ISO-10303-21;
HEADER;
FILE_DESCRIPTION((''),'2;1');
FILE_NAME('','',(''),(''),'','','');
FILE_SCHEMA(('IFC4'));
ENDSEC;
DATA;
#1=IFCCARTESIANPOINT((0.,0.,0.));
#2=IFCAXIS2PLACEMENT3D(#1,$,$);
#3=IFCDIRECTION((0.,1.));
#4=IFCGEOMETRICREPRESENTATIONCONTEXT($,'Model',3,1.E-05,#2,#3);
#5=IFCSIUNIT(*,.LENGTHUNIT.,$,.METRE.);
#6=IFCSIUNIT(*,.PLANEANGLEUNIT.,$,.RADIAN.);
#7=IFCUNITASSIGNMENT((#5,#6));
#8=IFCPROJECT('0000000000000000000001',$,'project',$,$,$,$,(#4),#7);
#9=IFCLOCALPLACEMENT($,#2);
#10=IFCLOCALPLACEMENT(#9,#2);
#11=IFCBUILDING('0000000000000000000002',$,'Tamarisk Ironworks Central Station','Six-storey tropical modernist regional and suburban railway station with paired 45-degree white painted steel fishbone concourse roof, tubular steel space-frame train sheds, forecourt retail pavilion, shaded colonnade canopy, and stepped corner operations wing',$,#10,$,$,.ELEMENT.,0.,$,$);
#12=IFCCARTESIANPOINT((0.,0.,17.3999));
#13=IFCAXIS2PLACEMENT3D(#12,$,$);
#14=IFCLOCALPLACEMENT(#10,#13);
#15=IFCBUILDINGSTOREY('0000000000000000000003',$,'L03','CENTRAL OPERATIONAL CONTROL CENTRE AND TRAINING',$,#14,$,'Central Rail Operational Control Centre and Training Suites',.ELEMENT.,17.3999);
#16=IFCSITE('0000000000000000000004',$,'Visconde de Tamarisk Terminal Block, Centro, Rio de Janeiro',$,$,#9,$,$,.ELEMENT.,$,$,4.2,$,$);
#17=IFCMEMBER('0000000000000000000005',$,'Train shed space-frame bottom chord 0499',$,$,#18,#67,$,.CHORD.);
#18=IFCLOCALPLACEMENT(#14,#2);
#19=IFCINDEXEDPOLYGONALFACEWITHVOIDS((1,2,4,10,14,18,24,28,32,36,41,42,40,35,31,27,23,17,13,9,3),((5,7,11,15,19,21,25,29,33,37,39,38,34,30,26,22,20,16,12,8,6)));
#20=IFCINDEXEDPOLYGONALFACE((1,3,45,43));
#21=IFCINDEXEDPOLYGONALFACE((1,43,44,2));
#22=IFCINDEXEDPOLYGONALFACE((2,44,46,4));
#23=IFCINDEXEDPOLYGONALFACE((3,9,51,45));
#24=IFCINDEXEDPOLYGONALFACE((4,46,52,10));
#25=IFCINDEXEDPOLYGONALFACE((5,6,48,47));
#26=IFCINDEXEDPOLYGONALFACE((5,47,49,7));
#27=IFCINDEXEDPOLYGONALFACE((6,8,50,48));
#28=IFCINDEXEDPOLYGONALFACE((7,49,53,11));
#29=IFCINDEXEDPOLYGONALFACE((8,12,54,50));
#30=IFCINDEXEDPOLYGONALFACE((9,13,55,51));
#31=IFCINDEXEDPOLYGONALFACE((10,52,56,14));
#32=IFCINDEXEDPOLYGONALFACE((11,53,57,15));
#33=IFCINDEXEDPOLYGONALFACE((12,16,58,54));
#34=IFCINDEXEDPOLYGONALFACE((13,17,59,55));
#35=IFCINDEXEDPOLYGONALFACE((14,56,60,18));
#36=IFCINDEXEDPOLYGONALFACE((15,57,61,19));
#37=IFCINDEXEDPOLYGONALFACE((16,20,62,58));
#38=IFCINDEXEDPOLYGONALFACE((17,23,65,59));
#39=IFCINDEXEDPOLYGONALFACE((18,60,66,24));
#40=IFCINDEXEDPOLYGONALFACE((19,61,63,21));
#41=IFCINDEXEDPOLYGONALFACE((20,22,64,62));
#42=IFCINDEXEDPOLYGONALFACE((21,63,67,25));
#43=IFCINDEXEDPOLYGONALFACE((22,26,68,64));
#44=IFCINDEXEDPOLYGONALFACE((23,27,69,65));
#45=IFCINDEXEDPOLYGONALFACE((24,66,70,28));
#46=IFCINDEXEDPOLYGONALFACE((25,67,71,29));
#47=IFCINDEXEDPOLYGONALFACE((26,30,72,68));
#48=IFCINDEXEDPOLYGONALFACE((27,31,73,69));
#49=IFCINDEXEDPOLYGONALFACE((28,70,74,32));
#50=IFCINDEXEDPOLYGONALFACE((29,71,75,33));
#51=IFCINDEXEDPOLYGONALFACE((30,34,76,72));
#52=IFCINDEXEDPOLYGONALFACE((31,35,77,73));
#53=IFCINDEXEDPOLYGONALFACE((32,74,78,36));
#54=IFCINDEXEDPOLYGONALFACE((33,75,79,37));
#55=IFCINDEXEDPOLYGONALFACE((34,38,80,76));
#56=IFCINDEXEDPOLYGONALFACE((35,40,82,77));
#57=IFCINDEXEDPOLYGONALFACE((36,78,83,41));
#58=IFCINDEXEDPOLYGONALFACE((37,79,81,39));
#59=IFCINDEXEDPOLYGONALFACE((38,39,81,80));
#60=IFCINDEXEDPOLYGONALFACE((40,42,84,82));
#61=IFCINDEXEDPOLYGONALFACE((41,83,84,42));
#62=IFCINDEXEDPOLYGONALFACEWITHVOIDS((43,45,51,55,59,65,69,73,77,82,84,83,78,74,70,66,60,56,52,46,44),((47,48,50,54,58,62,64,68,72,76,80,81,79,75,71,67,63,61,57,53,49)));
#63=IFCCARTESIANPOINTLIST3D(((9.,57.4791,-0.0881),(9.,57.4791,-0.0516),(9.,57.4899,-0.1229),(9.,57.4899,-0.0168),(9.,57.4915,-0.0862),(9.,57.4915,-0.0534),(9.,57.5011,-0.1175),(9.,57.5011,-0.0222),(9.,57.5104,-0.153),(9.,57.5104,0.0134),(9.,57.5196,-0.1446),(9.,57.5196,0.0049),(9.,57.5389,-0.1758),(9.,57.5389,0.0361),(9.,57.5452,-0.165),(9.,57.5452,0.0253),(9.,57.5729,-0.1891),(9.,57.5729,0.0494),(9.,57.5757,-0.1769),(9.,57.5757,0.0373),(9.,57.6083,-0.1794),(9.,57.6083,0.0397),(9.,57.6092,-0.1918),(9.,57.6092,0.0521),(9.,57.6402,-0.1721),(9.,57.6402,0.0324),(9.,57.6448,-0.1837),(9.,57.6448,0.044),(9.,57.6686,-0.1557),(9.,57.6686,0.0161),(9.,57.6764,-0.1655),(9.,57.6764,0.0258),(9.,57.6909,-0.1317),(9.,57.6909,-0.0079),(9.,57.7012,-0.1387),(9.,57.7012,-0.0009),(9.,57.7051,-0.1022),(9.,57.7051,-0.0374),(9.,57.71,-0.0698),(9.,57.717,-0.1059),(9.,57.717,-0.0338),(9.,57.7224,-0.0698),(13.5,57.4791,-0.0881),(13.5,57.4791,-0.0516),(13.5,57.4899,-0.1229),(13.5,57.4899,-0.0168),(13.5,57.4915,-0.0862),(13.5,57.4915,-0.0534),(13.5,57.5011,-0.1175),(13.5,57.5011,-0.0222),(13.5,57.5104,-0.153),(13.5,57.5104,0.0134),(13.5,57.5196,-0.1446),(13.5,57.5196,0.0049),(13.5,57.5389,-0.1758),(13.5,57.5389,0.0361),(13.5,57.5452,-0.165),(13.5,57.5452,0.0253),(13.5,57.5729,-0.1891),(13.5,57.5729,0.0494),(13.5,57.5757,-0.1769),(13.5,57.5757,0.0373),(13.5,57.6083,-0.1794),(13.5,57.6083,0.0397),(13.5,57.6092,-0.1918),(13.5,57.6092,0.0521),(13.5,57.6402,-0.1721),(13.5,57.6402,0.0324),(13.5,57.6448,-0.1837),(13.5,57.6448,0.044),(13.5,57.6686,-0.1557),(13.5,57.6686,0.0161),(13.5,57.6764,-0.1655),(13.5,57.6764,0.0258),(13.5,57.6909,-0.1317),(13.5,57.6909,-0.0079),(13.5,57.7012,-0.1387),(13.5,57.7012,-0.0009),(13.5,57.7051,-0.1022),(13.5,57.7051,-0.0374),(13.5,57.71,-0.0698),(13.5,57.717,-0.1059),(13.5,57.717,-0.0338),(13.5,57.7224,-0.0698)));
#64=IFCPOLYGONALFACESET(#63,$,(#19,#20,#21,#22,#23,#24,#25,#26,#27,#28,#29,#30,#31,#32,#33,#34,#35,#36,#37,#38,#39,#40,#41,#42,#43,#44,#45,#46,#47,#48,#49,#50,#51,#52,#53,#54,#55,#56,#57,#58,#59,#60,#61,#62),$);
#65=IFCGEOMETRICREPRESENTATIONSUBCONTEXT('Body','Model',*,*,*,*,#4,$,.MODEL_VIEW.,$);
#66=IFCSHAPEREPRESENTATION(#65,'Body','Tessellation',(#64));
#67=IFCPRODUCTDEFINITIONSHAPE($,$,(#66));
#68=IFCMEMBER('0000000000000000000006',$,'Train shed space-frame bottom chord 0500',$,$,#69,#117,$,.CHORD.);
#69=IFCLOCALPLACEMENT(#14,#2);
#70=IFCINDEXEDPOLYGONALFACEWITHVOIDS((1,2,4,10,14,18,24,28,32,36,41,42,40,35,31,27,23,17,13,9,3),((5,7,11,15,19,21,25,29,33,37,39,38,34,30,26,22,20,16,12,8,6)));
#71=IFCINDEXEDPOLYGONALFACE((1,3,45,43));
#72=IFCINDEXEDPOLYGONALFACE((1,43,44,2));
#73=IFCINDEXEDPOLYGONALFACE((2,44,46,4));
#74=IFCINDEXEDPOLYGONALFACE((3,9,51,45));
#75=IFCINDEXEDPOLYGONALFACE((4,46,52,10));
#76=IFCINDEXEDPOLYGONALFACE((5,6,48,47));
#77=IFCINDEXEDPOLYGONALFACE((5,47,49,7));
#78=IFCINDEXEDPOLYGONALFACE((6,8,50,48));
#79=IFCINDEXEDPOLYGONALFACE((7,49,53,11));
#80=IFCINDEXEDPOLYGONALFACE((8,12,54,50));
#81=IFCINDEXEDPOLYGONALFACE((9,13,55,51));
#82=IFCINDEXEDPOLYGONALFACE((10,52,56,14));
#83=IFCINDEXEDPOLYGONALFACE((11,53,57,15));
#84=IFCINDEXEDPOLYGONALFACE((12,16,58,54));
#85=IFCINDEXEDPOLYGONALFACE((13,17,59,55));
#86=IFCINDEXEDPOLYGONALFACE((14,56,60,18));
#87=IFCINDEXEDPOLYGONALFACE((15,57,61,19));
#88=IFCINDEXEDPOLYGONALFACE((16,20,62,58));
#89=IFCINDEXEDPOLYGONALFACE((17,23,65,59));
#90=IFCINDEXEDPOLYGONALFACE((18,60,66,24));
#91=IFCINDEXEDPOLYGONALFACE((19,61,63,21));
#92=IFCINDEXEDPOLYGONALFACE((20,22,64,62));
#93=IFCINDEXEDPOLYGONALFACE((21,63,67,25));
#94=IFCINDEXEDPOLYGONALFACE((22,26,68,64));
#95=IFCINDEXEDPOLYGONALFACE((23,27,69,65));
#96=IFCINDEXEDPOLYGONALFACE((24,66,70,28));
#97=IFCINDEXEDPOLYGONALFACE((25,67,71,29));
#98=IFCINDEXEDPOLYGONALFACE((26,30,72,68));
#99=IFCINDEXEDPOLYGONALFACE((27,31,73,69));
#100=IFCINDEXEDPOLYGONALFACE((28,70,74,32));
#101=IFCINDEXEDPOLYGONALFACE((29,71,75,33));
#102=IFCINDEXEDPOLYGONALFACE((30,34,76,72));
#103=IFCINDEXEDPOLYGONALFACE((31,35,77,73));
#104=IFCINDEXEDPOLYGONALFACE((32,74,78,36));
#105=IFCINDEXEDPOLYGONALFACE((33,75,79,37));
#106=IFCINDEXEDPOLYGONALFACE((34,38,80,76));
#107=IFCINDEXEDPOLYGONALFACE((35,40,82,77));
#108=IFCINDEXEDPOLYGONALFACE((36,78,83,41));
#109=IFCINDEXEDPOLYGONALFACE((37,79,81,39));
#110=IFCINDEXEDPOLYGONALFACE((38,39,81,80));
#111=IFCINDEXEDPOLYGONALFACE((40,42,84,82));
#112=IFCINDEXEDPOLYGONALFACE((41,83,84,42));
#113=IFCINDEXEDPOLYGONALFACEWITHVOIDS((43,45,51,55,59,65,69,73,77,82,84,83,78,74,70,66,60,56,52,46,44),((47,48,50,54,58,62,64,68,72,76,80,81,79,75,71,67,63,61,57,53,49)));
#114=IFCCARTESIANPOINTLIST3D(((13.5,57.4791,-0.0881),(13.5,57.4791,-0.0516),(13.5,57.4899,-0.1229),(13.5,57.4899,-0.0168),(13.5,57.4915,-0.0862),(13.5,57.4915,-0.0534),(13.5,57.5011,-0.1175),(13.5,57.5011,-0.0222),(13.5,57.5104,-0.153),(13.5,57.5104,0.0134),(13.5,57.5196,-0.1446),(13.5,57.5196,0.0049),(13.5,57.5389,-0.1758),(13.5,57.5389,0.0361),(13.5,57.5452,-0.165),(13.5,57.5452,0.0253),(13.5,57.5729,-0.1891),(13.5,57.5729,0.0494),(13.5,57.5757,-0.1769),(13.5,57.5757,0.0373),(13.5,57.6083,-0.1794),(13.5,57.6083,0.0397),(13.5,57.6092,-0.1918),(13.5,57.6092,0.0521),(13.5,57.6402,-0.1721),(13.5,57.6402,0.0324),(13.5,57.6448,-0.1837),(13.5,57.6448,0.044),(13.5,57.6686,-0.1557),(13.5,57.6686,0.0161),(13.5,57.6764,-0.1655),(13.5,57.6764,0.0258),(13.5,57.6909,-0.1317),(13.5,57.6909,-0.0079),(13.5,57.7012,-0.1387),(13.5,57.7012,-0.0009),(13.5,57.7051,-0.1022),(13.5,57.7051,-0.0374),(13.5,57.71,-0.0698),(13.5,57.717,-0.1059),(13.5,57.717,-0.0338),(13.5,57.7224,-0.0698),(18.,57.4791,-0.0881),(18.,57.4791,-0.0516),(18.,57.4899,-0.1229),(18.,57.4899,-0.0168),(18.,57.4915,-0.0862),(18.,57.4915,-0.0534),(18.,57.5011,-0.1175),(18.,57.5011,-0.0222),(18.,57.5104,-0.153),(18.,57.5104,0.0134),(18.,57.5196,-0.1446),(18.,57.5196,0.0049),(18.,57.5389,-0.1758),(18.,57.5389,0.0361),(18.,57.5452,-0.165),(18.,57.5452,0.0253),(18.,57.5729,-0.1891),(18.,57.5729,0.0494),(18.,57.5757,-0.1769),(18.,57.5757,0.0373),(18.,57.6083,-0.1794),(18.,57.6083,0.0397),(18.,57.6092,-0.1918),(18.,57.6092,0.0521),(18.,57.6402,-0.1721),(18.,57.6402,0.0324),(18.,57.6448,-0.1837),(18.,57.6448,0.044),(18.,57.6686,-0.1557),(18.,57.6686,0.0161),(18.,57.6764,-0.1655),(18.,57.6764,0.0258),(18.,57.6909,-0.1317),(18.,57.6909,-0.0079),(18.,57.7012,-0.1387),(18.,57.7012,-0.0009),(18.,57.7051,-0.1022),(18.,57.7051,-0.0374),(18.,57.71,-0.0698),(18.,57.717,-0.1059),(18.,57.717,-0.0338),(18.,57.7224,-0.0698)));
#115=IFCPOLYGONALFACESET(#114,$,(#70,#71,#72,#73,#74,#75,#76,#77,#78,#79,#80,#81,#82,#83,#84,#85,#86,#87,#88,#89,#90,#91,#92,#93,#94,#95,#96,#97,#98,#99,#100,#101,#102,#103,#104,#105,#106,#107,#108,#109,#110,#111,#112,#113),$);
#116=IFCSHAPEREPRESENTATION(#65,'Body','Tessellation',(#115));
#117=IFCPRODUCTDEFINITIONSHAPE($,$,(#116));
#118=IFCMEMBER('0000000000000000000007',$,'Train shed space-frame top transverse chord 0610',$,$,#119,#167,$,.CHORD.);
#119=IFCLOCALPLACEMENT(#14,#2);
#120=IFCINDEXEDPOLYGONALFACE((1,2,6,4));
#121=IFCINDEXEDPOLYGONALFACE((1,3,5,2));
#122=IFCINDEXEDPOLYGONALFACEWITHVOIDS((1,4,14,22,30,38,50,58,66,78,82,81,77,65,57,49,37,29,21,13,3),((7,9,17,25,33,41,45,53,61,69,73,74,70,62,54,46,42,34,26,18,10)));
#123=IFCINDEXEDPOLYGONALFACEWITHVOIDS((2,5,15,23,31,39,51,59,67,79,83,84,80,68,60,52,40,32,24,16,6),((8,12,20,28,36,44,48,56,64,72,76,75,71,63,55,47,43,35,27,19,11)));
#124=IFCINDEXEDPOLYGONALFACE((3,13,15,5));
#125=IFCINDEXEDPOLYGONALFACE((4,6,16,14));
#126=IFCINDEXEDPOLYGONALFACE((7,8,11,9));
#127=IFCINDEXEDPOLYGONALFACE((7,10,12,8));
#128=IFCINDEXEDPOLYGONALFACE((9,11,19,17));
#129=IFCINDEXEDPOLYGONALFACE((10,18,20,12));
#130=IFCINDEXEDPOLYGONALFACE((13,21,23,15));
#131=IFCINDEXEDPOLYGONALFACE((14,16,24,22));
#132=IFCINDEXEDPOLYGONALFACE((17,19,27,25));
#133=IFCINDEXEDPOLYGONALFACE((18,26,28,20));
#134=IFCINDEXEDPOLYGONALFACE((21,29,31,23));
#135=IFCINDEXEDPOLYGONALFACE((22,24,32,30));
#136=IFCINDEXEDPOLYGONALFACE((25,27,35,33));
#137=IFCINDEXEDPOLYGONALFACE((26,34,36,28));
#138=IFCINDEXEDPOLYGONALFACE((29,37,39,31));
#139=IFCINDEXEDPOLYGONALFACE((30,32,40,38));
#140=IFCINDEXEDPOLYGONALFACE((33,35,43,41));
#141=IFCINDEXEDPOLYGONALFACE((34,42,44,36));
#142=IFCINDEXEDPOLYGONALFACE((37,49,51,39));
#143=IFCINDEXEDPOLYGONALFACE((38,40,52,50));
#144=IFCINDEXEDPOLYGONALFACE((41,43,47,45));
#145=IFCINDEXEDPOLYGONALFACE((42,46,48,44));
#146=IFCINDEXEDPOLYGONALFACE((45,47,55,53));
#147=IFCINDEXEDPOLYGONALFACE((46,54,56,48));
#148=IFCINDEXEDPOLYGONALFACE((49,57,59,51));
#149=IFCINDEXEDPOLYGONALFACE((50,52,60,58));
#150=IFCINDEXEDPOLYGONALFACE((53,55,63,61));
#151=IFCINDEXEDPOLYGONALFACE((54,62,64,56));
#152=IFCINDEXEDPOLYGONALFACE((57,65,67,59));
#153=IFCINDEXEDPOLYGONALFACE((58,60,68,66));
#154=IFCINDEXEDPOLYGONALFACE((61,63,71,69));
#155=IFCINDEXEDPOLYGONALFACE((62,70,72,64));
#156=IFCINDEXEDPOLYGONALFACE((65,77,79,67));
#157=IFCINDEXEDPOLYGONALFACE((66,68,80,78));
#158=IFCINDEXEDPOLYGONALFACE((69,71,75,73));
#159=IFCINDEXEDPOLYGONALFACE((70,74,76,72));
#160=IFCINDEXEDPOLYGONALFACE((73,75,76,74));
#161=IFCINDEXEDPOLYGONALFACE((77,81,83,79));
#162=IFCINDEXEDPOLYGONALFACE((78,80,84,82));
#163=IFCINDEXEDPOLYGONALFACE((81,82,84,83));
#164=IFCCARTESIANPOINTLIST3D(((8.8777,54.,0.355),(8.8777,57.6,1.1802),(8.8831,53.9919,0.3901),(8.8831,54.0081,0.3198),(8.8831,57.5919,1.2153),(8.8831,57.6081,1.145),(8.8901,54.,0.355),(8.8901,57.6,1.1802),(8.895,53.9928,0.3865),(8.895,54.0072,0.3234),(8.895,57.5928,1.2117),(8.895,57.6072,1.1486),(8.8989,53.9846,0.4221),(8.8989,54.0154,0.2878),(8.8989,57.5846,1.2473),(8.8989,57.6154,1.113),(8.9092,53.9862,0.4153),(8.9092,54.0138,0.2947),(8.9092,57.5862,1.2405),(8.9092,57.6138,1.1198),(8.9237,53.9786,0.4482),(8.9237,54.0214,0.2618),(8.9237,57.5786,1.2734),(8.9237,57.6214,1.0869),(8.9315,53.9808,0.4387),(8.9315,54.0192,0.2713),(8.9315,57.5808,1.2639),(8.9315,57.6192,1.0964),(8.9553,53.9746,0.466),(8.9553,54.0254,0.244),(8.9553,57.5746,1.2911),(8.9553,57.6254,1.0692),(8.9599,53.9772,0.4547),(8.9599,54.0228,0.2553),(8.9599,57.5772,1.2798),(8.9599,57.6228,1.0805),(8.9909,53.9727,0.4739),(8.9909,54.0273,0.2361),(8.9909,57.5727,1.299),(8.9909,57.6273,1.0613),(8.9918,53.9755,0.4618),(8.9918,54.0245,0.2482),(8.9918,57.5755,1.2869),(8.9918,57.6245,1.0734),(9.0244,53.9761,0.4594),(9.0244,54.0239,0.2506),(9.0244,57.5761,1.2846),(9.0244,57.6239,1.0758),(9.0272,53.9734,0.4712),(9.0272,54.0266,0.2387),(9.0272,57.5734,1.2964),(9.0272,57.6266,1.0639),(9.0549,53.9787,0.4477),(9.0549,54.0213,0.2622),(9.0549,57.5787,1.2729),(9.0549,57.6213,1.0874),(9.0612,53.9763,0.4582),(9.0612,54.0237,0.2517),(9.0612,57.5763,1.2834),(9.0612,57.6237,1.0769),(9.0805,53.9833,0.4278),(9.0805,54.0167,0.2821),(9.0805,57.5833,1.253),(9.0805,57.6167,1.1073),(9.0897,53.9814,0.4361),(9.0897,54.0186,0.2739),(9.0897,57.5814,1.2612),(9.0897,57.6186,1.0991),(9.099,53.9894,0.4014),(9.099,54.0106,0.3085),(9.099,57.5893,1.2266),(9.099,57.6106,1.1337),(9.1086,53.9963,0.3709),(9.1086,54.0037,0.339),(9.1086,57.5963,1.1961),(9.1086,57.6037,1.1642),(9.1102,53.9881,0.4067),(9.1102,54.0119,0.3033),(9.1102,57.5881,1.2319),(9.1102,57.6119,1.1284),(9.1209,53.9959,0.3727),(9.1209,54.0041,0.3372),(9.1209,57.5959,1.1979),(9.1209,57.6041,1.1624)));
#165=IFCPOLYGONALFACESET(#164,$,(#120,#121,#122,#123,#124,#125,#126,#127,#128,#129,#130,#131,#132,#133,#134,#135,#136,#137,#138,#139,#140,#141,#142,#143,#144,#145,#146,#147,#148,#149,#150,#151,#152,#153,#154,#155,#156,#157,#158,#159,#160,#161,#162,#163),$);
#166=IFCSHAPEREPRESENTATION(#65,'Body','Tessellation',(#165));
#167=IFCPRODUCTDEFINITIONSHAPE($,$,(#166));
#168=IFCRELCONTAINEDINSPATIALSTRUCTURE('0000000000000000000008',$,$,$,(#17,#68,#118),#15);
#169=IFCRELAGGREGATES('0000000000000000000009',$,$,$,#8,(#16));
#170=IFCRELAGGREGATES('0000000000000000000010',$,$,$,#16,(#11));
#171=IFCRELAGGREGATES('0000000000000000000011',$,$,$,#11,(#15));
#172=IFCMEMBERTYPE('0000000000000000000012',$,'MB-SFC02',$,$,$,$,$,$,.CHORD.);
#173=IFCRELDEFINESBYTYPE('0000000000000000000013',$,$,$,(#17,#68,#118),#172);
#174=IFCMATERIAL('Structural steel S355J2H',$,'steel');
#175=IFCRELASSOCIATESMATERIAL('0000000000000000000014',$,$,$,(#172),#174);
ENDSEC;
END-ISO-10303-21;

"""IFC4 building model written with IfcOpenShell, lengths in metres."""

from ifc_helpers import new_model, si_unit, direction, frame, origin, origin_2d, place, context, subcontext, project, spatial, hollow_circle, extrude, material, material_profile, profile_set, type_object, element, save


model = new_model("IFC4")

# Units and contexts
model_context = context("Model", 3, precision=1e-05, world=origin(), true_north=direction((0.0, 1.0)))
body_context = subcontext(model_context, "Body", "Model", "MODEL_VIEW")
ifc_project = project(units=[si_unit("LENGTHUNIT", "METRE"), si_unit("PLANEANGLEUNIT", "RADIAN")], contexts=[model_context])

# Site, building, storey
site_placement = place(None, origin())
site = spatial("IfcSite", under=ifc_project, at=site_placement, Name="Visconde de Tamarisk Terminal Block, Centro, Rio de Janeiro", CompositionType="ELEMENT", RefElevation=4.2)
building_placement = place(site_placement, origin())
building = spatial("IfcBuilding", under=site, at=building_placement, Name="Tamarisk Ironworks Central Station", Description="Six-storey tropical modernist regional and suburban railway station with paired 45-degree white painted steel fishbone concourse roof, tubular steel space-frame train sheds, forecourt retail pavilion, shaded colonnade canopy, and stepped corner operations wing", CompositionType="ELEMENT", ElevationOfRefHeight=0.0)
storey_placement = place(building_placement, frame((0.0, 0.0, 17.3999)))
storey = spatial("IfcBuildingStorey", under=building, at=storey_placement, Name="L03", Description="CENTRAL OPERATIONAL CONTROL CENTRE AND TRAINING", LongName="Central Rail Operational Control Centre and Training Suites", CompositionType="ELEMENT", Elevation=17.3999)

# Members
ifc_material_1 = material(Name="Structural steel S355J2H", Category="steel")
ifc_material_profile_1 = material_profile(ifc_material_1, hollow_circle(Radius=0.1223, WallThickness=0.0125, at=origin_2d()), Name="CHS 244.5x12.5")
ifc_profile_set_1 = profile_set([ifc_material_profile_1], Name="Structural steel S355J2H")
member_type_1 = type_object("IfcMemberType", Name="MB-SFC02", PredefinedType="CHORD", material=ifc_profile_set_1)
for number, where, z_axis, x_axis, name in (
    (1, (9.0, 57.6001, -0.0698), (1.0, 0.0, 0.0), (0.0, 1.0, 0.0), "Train shed space-frame bottom chord 0499"),
    (2, (13.5, 57.6001, -0.0698), (1.0, 0.0, 0.0), (0.0, 1.0, 0.0), "Train shed space-frame bottom chord 0500"),
):
    element("IfcMember", number, at=place(storey_placement, frame(where, z_axis=z_axis, x_axis=x_axis)), inside=storey, type_object=member_type_1, Name=name, PredefinedType="CHORD", context=body_context, shape_type="SweptSolid", body=[
        extrude(hollow_circle(Radius=0.1223, WallThickness=0.0125, at=origin_2d()), origin(), (0.0, 0.0, 1.0), 4.5),
    ])
member_1_placement = place(storey_placement, frame((9.0, 54.0, 0.355), z_axis=(0.0, 0.974722, 0.223421), x_axis=(-1.0, 0.0, 0.0)))
element("IfcMember", 3, at=member_1_placement, inside=storey, type_object=member_type_1, Name="Train shed space-frame top transverse chord 0610", PredefinedType="CHORD", context=body_context, shape_type="SweptSolid", body=[
    extrude(hollow_circle(Radius=0.1223, WallThickness=0.0125, at=origin_2d()), origin(), (0.0, 0.0, 1.0), 3.6934),
])

save(model, "model.ifc")
